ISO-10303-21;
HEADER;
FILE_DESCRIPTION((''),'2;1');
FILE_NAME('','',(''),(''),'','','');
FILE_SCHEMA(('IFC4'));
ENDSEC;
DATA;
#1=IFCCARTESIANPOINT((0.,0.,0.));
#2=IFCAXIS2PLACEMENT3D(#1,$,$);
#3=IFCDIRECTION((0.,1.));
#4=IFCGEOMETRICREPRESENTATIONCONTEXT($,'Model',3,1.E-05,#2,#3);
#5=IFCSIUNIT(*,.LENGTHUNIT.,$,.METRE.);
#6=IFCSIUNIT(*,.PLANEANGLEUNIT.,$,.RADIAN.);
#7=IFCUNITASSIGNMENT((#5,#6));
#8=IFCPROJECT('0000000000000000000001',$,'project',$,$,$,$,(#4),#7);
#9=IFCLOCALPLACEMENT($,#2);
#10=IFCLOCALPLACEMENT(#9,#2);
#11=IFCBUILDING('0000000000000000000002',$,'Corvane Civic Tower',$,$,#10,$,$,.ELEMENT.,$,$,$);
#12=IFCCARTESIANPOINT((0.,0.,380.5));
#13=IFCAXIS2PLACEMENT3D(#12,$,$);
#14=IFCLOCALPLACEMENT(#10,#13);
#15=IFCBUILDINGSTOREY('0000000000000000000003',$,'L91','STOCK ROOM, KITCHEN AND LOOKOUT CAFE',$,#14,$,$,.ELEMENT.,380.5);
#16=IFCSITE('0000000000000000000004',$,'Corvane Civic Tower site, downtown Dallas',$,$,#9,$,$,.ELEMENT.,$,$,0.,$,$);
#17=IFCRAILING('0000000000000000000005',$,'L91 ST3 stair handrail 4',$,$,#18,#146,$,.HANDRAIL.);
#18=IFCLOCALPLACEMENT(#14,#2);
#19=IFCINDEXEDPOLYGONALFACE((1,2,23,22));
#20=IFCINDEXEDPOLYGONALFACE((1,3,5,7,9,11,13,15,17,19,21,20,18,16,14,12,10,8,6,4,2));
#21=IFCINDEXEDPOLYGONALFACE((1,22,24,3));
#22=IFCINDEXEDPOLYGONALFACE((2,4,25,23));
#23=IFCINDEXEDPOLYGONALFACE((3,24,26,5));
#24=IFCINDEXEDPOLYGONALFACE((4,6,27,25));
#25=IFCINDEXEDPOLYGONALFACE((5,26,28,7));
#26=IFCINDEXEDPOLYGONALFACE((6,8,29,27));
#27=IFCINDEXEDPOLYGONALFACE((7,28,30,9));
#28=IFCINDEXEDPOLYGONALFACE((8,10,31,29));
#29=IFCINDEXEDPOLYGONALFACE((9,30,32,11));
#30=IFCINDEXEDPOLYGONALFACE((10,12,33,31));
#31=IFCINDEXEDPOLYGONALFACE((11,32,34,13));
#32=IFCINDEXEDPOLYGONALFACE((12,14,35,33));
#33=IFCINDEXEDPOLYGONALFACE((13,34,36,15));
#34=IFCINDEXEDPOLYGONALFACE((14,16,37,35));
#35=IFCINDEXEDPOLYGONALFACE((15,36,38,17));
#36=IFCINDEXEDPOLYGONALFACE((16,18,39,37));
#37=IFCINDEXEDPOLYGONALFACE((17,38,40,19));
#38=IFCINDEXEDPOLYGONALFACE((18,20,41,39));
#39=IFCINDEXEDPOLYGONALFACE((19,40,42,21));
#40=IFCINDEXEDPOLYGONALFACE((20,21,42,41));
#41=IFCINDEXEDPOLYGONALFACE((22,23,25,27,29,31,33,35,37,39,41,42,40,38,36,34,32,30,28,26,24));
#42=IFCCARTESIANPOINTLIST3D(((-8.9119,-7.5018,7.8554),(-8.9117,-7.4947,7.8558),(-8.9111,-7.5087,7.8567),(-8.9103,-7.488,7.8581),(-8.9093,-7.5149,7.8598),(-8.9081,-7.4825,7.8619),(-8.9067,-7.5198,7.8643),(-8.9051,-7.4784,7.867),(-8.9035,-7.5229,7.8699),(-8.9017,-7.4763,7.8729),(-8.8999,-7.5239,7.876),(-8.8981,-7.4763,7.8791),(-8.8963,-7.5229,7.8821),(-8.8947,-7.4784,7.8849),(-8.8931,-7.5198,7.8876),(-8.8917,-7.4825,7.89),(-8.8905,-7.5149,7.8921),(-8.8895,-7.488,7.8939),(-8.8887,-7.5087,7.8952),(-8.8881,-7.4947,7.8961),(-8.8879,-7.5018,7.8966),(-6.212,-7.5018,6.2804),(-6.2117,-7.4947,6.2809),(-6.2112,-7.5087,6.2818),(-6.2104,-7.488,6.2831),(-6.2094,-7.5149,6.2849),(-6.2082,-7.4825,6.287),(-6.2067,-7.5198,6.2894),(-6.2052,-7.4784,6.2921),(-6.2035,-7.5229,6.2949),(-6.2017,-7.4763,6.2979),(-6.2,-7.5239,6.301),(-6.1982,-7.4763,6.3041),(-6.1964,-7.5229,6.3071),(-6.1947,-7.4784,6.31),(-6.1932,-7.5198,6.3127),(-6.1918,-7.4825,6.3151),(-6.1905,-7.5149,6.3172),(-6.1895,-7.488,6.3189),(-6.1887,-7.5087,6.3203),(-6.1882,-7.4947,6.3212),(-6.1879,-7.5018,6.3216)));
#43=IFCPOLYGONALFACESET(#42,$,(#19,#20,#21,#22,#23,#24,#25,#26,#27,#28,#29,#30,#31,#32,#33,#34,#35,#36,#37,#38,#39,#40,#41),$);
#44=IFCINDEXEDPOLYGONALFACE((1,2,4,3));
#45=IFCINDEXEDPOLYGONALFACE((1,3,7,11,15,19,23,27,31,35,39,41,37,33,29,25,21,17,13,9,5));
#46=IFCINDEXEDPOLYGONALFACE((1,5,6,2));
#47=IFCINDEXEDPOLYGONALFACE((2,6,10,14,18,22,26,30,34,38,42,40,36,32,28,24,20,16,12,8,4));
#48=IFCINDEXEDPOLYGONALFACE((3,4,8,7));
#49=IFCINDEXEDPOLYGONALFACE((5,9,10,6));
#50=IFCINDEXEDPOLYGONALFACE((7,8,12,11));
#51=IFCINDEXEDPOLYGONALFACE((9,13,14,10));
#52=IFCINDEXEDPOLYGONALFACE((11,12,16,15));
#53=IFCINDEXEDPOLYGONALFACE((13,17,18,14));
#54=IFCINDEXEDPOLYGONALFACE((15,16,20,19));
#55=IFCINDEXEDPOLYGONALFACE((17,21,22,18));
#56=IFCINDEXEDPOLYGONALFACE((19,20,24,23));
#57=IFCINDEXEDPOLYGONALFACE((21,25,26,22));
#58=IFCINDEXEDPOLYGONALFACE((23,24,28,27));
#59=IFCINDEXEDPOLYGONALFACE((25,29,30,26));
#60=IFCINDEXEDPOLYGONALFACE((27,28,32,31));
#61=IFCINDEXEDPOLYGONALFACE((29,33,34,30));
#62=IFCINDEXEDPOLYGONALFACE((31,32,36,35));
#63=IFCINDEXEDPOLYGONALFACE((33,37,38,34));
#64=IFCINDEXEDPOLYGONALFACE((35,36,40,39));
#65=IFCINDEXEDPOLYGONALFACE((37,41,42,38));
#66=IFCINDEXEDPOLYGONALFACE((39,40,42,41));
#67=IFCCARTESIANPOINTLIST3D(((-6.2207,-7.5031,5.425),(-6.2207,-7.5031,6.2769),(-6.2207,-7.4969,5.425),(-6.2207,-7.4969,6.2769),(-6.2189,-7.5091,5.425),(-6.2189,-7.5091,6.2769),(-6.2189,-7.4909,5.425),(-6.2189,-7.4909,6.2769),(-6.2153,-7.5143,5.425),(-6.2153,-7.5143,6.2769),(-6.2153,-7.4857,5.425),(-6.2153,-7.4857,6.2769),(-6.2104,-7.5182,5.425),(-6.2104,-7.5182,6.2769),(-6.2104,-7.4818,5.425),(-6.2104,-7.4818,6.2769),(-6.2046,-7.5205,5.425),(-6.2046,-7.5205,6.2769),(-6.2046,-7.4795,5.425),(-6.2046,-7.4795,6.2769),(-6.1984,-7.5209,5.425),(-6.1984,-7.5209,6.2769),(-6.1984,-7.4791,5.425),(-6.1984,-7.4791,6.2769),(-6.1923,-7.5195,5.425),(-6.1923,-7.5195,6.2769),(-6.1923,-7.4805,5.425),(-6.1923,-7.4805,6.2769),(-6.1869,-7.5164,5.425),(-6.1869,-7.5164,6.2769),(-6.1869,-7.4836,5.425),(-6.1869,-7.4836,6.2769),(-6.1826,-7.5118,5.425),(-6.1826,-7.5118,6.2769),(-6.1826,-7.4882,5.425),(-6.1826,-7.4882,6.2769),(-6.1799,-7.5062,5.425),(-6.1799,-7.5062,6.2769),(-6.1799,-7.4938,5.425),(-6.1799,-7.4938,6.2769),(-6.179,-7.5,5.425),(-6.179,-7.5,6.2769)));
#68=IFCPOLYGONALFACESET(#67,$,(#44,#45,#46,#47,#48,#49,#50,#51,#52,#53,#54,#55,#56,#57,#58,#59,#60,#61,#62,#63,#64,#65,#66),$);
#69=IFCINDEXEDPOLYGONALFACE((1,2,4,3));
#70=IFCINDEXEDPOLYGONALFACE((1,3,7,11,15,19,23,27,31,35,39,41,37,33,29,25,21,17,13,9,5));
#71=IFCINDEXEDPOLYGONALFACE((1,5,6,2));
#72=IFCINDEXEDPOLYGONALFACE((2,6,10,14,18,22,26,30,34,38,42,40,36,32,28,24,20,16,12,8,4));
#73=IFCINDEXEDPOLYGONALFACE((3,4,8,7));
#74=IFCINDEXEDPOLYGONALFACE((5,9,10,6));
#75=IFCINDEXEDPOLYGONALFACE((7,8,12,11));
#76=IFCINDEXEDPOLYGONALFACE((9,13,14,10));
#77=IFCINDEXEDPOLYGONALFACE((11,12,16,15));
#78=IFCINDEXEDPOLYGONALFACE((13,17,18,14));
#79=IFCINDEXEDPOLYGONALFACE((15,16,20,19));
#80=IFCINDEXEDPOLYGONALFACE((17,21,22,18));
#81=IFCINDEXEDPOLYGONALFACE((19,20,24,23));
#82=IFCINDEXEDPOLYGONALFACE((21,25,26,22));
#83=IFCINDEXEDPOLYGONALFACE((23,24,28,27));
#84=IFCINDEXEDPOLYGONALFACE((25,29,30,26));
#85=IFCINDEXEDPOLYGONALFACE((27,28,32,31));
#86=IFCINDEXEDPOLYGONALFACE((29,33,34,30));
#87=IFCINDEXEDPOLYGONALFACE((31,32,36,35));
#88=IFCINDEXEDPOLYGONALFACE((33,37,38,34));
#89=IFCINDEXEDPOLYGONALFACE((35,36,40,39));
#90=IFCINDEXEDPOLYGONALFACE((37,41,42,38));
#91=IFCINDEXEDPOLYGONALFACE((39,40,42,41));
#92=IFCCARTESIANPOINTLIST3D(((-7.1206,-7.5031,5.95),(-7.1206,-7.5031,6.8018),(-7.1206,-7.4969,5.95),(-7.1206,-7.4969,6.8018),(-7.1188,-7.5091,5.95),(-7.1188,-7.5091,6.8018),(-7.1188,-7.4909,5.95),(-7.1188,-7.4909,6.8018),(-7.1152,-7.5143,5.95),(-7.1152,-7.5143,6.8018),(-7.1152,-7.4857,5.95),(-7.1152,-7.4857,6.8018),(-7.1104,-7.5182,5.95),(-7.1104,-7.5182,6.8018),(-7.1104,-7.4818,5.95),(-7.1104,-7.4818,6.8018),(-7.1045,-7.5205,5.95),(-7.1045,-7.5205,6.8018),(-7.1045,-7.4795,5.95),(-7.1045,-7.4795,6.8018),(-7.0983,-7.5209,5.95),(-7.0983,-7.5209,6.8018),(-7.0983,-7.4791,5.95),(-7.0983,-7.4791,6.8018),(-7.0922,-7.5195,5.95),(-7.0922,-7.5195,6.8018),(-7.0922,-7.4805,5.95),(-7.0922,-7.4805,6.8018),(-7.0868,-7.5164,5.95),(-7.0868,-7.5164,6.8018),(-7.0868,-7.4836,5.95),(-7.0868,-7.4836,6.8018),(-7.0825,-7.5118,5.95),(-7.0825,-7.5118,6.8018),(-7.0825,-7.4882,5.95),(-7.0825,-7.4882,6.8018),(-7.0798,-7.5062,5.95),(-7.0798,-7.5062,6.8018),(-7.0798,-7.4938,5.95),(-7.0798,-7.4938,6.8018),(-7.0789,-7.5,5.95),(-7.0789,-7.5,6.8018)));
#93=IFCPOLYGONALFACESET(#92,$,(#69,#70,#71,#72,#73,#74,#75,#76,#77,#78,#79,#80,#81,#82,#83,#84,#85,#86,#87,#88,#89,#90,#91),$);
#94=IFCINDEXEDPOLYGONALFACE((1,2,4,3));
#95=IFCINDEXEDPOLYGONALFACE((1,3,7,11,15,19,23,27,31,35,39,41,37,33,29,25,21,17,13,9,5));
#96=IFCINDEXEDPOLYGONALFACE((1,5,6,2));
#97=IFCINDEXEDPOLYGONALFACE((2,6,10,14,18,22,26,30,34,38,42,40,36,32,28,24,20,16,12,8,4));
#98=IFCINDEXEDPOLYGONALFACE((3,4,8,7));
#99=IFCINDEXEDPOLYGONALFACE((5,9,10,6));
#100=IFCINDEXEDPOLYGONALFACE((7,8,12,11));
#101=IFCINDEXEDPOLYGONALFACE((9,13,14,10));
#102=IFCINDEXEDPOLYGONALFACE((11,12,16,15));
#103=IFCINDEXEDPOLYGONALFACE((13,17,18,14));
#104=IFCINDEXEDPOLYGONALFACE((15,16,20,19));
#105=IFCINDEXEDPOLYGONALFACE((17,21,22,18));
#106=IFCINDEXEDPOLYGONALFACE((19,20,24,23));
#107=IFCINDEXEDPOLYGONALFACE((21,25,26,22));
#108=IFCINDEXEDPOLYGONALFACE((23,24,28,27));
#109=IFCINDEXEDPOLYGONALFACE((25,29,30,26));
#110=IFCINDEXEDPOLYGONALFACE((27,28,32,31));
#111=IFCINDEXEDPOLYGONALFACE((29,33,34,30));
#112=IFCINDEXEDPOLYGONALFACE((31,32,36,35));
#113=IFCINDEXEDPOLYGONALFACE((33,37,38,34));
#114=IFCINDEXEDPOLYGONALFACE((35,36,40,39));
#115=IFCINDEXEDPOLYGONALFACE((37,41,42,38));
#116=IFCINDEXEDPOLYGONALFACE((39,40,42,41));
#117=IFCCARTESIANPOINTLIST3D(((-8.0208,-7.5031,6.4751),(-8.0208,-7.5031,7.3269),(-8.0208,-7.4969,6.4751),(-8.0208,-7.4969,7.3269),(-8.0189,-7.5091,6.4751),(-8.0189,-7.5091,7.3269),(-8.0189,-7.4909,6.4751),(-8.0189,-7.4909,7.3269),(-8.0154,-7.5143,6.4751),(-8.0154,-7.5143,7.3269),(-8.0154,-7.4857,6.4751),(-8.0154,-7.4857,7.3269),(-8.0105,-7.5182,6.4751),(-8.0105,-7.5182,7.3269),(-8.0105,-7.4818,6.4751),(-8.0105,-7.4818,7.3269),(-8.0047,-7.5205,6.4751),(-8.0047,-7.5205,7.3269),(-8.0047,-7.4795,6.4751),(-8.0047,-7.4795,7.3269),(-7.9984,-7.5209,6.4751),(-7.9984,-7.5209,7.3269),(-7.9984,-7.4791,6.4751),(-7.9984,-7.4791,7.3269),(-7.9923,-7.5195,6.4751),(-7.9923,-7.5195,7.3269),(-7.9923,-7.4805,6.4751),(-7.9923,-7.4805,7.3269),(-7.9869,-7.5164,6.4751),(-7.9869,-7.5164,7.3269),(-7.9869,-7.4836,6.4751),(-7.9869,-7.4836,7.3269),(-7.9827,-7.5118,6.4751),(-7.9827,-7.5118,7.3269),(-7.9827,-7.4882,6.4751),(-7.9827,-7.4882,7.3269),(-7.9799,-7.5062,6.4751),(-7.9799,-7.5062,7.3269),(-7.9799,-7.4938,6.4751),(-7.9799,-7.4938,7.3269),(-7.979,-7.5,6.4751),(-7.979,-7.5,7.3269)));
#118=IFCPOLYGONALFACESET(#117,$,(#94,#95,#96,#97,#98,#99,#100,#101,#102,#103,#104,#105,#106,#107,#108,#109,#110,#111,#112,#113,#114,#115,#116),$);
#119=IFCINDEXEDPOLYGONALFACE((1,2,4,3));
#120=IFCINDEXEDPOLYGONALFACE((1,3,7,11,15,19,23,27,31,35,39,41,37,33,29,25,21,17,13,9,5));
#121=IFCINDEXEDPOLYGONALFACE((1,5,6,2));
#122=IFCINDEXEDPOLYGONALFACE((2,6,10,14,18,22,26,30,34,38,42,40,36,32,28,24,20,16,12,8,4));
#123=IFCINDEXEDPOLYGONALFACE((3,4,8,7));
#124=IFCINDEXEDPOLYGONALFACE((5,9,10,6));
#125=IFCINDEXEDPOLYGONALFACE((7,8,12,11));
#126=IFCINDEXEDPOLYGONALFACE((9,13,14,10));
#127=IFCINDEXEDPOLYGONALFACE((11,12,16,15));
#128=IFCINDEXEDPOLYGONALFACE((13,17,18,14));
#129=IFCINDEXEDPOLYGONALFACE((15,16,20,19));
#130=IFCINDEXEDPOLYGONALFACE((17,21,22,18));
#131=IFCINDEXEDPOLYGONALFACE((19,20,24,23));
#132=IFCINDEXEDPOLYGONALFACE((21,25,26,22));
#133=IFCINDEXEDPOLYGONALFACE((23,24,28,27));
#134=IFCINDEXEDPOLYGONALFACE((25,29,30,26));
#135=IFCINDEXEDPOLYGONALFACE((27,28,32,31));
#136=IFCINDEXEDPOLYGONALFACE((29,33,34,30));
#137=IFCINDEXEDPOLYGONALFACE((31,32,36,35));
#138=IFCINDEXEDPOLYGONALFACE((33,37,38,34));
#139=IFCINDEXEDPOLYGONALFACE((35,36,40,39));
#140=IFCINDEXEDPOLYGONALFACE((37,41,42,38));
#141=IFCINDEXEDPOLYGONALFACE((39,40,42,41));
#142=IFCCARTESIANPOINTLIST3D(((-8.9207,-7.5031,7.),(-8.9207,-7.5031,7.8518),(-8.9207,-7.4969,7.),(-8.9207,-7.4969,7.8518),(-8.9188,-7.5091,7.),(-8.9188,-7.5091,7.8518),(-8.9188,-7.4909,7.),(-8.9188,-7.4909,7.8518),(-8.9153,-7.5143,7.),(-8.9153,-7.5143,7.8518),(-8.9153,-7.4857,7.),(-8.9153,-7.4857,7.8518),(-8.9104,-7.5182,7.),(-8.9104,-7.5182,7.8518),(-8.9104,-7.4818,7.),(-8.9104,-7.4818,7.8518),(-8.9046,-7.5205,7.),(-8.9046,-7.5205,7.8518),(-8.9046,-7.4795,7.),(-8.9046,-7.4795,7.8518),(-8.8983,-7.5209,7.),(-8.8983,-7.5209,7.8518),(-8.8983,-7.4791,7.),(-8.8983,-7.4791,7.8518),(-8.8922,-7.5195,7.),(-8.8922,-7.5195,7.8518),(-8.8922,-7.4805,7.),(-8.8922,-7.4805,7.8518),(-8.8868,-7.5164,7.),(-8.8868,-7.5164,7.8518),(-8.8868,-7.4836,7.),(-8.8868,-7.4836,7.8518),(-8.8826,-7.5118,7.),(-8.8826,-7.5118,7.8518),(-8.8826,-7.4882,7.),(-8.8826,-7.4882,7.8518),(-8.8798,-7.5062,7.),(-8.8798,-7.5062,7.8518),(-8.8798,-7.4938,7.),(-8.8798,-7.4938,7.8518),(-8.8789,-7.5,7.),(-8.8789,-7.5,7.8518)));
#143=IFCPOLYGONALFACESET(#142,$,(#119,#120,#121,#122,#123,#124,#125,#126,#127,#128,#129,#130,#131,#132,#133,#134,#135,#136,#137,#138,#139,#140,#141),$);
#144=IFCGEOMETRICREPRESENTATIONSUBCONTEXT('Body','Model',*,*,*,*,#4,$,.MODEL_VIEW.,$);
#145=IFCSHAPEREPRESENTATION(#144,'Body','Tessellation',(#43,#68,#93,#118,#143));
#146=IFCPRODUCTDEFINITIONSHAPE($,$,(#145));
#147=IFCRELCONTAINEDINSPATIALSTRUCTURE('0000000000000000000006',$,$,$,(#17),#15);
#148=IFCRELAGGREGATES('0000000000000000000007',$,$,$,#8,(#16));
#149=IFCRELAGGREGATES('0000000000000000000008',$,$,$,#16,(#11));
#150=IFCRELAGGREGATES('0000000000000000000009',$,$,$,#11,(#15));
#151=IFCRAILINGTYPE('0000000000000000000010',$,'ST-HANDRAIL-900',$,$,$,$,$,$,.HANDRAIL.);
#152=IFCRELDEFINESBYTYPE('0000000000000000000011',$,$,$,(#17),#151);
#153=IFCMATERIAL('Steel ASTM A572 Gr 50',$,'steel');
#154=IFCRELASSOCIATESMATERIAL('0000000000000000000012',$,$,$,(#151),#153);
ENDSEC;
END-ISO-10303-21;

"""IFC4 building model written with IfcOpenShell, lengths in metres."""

from ifc_helpers import new_model, si_unit, direction, frame, origin, origin_2d, place, context, subcontext, project, spatial, circle, extrude, material, type_object, element, save


model = new_model("IFC4")

# Units and contexts
model_context = context("Model", 3, precision=1e-05, world=origin(), true_north=direction((0.0, 1.0)))
body_context = subcontext(model_context, "Body", "Model", "MODEL_VIEW")
ifc_project = project(units=[si_unit("LENGTHUNIT", "METRE"), si_unit("PLANEANGLEUNIT", "RADIAN")], contexts=[model_context])

# Site, building, storey
site_placement = place(None, origin())
site = spatial("IfcSite", under=ifc_project, at=site_placement, Name="Corvane Civic Tower site, downtown Dallas", CompositionType="ELEMENT", RefElevation=0.0)
building_placement = place(site_placement, origin())
building = spatial("IfcBuilding", under=site, at=building_placement, Name="Corvane Civic Tower", CompositionType="ELEMENT")
storey_placement = place(building_placement, frame((0.0, 0.0, 380.5)))
storey = spatial("IfcBuildingStorey", under=building, at=storey_placement, Name="L91", Description="STOCK ROOM, KITCHEN AND LOOKOUT CAFE", CompositionType="ELEMENT", Elevation=380.5)

# Railing
ifc_material_1 = material(Name="Steel ASTM A572 Gr 50", Category="steel")
railing_type = type_object("IfcRailingType", Name="ST-HANDRAIL-900", PredefinedType="HANDRAIL", material=ifc_material_1)
for number, where, name in (
    (1, (-6.2, -7.5, 5.425), "L91 ST3 stair handrail 4"),
):
    element("IfcRailing", number, at=place(storey_placement, frame(where)), inside=storey, type_object=railing_type, Name=name, PredefinedType="HANDRAIL", context=body_context, shape_type="SweptSolid", body=[
        extrude(circle(Radius=0.0239, at=origin_2d()), frame((0.0, 0.0, 0.876), z_axis=(-0.863782, 0.0, 0.503866), x_axis=(0.0, -1.0, 0.0)), (0.0, 0.0, 1.0), 3.1257),
        extrude(circle(Radius=0.021, at=origin_2d()), origin(), (0.0, 0.0, 1.0), 0.8518),
        extrude(circle(Radius=0.021, at=origin_2d()), frame((-0.8999, 0.0, 0.5249)), (0.0, 0.0, 1.0), 0.8518),
        extrude(circle(Radius=0.021, at=origin_2d()), frame((-1.8, 0.0, 1.05)), (0.0, 0.0, 1.0), 0.8518),
        extrude(circle(Radius=0.021, at=origin_2d()), frame((-2.7, 0.0, 1.575)), (0.0, 0.0, 1.0), 0.8518),
    ])

save(model, "model.ifc")
